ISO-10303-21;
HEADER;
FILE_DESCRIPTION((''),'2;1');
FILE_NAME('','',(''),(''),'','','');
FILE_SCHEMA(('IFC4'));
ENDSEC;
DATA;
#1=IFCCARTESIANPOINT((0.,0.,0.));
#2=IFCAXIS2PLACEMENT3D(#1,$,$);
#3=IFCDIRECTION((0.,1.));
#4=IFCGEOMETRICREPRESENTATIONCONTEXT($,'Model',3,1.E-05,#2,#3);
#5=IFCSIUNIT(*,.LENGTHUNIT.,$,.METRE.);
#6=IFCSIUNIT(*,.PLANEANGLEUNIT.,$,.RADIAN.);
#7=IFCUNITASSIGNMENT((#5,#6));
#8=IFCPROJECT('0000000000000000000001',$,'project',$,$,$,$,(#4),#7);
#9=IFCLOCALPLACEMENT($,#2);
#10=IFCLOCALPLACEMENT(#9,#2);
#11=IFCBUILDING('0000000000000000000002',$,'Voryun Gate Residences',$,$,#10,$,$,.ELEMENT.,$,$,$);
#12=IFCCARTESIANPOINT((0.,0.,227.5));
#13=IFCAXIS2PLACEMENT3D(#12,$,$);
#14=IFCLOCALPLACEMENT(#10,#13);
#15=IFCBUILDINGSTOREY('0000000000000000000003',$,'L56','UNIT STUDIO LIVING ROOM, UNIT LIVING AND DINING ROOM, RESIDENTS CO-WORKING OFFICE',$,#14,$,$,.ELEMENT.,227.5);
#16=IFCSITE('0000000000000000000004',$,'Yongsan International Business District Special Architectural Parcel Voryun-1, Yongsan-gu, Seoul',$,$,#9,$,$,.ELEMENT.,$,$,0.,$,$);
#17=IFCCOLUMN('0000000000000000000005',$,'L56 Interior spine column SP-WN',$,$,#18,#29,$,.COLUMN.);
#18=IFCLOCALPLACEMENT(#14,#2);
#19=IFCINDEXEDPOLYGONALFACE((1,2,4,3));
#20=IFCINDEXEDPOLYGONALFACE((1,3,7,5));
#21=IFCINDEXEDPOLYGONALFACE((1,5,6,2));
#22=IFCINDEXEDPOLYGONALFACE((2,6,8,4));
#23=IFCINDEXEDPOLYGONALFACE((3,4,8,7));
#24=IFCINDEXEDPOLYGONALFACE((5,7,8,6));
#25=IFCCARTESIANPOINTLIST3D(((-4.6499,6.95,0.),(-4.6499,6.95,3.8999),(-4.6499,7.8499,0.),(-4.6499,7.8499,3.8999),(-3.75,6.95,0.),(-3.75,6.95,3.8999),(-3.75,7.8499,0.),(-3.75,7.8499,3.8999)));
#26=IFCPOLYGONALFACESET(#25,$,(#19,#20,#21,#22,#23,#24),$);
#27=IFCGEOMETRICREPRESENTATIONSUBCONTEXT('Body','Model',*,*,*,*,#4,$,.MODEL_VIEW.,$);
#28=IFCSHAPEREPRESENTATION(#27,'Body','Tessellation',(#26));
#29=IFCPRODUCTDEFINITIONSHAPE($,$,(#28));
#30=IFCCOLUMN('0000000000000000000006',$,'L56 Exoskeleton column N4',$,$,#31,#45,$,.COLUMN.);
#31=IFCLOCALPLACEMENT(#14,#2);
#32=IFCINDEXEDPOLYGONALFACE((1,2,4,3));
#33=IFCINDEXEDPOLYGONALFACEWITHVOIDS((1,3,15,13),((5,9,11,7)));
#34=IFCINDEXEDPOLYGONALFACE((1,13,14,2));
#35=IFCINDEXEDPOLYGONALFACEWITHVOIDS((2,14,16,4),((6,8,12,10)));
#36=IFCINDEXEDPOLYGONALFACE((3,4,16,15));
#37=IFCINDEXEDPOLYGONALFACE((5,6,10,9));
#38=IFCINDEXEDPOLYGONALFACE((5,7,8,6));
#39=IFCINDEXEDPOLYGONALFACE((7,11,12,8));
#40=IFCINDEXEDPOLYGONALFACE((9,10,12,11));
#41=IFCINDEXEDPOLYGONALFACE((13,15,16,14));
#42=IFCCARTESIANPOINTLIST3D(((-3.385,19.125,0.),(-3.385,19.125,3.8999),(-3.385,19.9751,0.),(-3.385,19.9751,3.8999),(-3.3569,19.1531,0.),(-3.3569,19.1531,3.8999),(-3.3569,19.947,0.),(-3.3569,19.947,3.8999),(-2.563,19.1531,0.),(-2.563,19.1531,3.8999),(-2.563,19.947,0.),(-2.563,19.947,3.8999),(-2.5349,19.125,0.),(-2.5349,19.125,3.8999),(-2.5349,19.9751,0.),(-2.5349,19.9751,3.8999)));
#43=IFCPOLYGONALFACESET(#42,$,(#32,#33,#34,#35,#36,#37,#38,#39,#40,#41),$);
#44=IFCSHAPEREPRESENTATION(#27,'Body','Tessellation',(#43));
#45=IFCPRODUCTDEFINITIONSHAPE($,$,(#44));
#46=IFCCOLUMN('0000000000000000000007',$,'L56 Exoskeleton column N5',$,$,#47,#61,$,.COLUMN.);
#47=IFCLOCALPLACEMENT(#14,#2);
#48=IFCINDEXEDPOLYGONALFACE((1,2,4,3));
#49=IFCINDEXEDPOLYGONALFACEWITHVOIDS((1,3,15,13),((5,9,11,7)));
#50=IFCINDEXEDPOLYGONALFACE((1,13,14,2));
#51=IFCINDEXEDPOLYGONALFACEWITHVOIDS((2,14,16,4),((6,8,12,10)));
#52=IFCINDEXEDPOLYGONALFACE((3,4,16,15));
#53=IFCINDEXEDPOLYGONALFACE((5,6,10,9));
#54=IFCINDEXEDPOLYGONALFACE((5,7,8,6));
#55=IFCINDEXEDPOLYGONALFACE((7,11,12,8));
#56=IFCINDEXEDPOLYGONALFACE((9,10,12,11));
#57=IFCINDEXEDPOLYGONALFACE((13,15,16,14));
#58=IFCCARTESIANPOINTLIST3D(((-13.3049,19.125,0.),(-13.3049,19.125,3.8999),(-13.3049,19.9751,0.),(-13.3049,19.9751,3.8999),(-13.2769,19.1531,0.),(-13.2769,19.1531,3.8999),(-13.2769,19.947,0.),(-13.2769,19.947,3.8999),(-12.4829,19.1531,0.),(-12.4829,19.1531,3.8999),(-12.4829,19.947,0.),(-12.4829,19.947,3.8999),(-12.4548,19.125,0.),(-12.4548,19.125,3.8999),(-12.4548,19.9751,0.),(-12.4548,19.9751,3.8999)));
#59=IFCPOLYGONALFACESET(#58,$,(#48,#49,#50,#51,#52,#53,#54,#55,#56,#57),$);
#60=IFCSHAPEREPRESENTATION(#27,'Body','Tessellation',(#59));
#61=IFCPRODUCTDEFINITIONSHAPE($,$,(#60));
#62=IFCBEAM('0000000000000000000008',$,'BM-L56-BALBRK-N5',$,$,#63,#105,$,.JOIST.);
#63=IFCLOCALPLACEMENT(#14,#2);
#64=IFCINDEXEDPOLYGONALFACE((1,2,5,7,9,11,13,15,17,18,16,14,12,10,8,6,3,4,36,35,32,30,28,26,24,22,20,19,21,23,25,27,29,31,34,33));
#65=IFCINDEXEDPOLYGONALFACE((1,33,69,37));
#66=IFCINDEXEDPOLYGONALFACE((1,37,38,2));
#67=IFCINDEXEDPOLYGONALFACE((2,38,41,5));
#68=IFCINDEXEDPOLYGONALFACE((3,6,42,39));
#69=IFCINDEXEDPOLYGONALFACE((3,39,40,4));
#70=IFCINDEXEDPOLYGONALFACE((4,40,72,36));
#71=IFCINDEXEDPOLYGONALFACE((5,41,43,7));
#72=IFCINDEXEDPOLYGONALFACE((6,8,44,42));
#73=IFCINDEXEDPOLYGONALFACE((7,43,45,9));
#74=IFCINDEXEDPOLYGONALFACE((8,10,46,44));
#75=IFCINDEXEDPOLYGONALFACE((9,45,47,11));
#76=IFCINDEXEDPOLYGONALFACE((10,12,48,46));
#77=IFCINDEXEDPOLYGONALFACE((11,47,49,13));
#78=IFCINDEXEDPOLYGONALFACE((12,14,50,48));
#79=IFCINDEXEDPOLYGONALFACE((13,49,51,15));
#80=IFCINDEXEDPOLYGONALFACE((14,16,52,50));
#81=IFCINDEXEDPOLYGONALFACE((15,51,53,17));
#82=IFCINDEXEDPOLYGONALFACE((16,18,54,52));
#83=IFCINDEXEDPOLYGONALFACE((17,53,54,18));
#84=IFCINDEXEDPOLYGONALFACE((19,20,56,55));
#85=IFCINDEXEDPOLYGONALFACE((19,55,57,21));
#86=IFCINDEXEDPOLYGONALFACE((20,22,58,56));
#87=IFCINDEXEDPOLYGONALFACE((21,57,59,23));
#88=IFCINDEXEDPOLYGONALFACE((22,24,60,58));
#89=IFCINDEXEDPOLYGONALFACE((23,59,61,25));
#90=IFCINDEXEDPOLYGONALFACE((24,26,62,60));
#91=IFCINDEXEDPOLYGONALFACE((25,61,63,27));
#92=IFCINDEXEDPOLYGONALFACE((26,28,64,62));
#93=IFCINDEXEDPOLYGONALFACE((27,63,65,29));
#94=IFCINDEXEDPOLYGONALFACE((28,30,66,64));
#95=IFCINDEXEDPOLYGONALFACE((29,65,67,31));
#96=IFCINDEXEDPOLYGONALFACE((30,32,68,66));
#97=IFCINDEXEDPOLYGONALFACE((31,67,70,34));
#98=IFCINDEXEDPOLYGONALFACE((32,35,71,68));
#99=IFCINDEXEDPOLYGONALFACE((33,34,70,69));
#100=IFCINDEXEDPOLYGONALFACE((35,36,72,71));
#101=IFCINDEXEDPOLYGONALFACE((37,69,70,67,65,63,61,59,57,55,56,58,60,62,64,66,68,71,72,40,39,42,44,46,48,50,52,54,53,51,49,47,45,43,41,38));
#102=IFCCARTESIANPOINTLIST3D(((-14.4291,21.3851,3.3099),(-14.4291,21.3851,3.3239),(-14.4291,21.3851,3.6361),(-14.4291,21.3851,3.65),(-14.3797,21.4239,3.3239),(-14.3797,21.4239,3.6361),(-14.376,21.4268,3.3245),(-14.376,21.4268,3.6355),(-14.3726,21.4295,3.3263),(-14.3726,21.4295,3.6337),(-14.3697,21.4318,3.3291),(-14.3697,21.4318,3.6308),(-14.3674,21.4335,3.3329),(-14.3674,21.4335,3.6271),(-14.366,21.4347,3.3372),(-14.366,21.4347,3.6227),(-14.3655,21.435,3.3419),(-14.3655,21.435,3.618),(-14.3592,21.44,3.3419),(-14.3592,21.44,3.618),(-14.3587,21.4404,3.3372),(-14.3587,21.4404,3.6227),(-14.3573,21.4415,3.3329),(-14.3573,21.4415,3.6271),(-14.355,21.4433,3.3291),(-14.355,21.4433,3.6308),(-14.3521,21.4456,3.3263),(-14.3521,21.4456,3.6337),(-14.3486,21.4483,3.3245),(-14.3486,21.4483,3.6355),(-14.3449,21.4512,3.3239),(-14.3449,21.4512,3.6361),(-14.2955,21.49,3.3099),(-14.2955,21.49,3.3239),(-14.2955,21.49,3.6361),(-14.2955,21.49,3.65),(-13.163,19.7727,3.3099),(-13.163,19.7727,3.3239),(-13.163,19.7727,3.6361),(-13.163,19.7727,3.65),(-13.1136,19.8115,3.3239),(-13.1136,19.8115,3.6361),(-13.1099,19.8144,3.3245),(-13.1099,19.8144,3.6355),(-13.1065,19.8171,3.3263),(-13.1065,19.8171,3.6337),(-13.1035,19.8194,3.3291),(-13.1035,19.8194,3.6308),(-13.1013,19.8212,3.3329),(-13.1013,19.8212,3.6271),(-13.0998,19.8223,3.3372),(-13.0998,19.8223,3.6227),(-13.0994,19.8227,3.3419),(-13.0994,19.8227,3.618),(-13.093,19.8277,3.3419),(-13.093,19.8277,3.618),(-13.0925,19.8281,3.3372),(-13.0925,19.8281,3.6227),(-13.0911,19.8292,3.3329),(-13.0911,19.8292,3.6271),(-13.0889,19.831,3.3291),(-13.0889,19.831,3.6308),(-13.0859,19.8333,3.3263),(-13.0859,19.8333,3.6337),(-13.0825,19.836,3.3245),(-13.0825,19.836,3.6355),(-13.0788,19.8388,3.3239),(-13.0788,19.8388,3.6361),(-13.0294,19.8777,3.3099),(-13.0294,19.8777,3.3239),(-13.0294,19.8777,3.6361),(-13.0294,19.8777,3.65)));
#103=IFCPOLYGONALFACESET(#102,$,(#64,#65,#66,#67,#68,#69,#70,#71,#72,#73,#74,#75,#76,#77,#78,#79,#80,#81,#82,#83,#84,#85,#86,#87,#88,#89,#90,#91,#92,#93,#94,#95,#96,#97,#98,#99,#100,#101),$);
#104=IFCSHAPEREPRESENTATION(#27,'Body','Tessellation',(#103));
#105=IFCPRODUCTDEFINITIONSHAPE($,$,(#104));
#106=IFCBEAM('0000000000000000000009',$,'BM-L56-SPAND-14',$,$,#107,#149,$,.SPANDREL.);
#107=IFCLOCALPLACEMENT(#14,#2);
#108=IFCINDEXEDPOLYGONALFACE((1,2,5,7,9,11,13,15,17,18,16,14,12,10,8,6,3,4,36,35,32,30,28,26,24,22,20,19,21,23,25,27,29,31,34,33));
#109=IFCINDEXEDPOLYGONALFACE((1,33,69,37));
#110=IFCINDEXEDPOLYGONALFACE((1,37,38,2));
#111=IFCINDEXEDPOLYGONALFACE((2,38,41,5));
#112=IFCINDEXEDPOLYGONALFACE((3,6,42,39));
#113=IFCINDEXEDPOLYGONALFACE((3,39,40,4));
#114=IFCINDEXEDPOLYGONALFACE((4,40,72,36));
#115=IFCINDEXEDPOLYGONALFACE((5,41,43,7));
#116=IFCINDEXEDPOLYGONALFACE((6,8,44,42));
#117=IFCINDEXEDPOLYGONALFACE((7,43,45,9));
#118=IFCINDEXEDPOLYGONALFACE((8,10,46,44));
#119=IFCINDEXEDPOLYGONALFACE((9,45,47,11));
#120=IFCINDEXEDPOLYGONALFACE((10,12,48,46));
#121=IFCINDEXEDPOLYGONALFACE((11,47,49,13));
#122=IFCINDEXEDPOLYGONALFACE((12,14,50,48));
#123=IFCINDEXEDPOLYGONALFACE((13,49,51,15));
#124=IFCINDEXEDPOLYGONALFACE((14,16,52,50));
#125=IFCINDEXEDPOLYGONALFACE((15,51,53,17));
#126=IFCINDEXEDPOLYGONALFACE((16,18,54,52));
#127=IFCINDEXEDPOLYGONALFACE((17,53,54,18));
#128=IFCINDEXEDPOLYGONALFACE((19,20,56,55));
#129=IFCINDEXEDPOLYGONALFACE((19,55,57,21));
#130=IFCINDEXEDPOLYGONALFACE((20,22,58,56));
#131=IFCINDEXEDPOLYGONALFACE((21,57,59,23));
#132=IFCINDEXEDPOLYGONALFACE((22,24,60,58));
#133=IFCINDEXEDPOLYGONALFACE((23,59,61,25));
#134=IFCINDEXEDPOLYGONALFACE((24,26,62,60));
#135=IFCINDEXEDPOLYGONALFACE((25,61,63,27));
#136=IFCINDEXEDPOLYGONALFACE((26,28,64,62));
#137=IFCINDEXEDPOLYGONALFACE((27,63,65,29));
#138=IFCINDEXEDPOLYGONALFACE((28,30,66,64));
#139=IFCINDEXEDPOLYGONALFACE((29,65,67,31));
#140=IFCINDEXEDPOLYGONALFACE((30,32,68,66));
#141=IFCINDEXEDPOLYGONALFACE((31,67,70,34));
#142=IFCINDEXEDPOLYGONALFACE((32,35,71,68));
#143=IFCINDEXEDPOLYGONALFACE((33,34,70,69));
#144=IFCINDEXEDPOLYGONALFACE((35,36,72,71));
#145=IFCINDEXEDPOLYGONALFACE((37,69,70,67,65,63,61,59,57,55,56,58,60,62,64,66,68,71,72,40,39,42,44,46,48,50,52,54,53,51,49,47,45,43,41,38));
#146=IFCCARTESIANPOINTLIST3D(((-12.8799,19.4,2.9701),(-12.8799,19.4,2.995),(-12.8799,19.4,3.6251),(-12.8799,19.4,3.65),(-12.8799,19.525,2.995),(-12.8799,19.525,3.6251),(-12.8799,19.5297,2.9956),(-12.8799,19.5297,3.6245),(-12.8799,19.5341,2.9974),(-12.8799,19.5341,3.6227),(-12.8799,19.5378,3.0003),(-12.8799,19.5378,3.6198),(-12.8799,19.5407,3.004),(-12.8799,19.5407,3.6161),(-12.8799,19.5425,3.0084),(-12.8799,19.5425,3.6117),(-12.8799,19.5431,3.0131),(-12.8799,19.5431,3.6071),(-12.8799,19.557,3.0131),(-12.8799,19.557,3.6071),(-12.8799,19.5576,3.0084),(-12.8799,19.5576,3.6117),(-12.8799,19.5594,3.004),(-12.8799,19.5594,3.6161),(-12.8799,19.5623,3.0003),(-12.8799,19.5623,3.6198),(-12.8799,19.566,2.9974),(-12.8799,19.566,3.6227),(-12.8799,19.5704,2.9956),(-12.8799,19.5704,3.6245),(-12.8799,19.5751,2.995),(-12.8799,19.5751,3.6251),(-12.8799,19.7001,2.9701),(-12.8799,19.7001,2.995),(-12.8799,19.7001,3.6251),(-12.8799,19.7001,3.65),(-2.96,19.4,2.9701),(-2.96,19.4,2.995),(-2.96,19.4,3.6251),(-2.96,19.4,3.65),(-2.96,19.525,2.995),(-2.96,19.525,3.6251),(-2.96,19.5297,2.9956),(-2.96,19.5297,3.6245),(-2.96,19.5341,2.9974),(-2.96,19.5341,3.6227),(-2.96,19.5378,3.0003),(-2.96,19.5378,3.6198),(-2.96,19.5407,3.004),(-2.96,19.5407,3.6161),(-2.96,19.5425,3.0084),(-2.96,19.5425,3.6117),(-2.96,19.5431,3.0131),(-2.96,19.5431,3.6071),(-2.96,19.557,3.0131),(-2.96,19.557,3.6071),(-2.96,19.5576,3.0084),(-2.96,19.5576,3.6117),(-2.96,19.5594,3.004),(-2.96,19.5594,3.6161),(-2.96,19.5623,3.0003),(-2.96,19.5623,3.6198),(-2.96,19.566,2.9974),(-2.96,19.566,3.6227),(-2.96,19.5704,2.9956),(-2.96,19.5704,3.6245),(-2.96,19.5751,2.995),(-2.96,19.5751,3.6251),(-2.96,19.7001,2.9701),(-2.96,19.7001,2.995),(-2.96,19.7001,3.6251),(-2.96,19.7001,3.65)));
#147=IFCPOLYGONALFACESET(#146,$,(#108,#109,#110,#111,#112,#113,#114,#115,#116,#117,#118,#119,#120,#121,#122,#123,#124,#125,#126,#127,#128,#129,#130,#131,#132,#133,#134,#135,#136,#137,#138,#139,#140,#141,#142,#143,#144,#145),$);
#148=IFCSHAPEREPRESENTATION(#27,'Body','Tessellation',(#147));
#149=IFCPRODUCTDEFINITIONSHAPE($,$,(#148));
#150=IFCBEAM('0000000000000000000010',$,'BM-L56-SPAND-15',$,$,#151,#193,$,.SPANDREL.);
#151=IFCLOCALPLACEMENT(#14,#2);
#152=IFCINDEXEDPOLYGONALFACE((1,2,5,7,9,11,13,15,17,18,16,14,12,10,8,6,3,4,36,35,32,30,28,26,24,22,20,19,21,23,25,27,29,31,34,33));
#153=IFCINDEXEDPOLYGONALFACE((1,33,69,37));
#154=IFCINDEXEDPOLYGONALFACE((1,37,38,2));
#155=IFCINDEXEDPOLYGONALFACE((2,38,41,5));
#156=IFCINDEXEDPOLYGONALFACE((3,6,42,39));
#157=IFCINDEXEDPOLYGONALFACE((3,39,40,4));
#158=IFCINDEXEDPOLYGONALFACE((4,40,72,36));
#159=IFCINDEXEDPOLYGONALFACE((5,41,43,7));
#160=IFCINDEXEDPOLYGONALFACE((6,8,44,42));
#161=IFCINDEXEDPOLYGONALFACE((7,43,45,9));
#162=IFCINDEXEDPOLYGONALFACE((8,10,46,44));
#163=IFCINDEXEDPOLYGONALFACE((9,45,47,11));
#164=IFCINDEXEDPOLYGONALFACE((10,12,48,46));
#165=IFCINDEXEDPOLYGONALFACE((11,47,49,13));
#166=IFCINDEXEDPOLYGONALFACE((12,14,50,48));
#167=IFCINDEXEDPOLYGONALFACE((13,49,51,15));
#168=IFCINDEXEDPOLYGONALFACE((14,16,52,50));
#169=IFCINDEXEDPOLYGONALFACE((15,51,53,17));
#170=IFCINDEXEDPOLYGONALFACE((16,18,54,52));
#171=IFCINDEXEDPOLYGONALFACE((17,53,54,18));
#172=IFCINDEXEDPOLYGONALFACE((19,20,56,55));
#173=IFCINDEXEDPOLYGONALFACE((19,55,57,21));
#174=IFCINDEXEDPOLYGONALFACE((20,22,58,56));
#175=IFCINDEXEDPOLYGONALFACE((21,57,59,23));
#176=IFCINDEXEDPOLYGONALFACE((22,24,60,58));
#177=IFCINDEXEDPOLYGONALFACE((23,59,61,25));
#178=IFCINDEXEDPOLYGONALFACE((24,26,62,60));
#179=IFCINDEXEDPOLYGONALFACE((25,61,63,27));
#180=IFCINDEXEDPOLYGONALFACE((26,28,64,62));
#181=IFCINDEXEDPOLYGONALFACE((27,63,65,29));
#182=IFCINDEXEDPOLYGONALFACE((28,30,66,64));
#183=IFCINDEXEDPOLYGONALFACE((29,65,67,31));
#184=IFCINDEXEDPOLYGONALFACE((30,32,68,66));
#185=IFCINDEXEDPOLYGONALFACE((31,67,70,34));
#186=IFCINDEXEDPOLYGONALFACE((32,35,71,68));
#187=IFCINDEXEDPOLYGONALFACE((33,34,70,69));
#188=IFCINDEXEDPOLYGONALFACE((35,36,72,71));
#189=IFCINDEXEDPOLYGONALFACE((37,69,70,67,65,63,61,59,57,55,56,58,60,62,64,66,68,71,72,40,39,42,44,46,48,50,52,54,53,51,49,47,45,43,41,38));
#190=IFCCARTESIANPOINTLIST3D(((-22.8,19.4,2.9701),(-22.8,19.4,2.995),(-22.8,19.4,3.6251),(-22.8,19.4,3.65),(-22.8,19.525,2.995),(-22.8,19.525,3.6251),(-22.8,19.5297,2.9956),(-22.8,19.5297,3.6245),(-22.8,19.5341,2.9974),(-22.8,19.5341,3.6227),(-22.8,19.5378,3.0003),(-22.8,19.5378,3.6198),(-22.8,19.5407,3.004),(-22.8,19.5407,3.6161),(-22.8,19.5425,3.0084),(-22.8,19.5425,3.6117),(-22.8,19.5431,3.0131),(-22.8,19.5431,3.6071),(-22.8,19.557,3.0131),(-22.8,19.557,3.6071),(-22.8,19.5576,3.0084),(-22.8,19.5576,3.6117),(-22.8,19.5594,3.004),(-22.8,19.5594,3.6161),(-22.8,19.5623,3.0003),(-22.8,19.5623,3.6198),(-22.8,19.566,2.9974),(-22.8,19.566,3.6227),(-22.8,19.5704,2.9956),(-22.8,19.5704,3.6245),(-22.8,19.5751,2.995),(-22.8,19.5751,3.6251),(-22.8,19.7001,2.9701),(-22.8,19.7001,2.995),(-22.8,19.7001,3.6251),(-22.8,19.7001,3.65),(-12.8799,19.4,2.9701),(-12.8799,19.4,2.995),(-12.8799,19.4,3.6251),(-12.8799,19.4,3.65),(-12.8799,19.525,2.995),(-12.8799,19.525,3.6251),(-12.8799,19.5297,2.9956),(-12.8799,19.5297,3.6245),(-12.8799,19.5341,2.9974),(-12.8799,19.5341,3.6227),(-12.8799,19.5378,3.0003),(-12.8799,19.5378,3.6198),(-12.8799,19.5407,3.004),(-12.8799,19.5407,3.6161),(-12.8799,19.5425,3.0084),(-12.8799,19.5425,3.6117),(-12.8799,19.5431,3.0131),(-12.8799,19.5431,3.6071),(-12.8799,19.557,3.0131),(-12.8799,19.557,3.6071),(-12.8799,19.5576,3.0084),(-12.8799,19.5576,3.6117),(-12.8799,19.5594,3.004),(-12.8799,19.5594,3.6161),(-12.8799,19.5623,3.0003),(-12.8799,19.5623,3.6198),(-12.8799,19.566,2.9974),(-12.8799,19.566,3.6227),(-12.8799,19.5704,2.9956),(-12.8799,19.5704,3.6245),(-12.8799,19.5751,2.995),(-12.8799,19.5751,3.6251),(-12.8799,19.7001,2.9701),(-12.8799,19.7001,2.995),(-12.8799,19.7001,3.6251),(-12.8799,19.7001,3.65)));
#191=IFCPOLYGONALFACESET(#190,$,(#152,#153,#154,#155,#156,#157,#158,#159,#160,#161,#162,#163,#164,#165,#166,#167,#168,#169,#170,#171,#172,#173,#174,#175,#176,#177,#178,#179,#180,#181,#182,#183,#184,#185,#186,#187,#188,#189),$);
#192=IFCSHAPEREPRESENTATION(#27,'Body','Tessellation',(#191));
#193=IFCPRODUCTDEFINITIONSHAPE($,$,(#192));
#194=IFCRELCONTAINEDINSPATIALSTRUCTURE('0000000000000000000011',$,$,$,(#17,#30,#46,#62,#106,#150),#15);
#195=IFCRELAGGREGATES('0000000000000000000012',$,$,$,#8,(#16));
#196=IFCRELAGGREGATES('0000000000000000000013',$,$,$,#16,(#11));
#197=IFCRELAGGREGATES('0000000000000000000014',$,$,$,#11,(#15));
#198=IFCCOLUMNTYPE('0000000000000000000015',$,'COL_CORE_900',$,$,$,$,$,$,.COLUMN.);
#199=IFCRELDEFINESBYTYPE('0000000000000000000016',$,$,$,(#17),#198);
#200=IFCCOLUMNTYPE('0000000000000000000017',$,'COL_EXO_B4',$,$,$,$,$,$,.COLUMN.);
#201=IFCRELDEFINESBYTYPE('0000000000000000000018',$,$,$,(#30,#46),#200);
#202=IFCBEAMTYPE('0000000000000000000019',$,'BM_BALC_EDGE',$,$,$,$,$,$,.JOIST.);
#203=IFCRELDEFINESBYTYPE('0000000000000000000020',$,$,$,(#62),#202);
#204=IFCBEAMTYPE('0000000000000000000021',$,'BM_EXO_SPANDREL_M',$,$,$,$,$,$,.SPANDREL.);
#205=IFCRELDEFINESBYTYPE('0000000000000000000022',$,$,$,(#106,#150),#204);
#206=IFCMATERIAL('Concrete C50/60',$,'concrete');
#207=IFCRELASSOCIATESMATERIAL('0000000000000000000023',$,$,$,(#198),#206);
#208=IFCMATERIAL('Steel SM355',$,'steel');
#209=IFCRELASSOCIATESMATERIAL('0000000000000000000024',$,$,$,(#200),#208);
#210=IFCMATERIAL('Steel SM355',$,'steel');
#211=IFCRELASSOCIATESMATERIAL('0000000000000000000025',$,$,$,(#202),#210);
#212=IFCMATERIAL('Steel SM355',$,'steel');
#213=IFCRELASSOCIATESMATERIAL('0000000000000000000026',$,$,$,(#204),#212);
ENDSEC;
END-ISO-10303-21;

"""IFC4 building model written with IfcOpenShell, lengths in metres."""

from ifc_helpers import new_model, si_unit, direction, frame, origin, origin_2d, place, context, subcontext, project, spatial, rectangle, hollow_rectangle, i_section, extrude, material, material_profile, profile_set, type_object, element, save


model = new_model("IFC4")

# Units and contexts
model_context = context("Model", 3, precision=1e-05, world=origin(), true_north=direction((0.0, 1.0)))
body_context = subcontext(model_context, "Body", "Model", "MODEL_VIEW")
ifc_project = project(units=[si_unit("LENGTHUNIT", "METRE"), si_unit("PLANEANGLEUNIT", "RADIAN")], contexts=[model_context])

# Site, building, storey
site_placement = place(None, origin())
site = spatial("IfcSite", under=ifc_project, at=site_placement, Name="Yongsan International Business District Special Architectural Parcel Voryun-1, Yongsan-gu, Seoul", CompositionType="ELEMENT", RefElevation=0.0)
building_placement = place(site_placement, origin())
building = spatial("IfcBuilding", under=site, at=building_placement, Name="Voryun Gate Residences", CompositionType="ELEMENT")
storey_placement = place(building_placement, frame((0.0, 0.0, 227.5)))
storey = spatial("IfcBuildingStorey", under=building, at=storey_placement, Name="L56", Description="UNIT STUDIO LIVING ROOM, UNIT LIVING AND DINING ROOM, RESIDENTS CO-WORKING OFFICE", CompositionType="ELEMENT", Elevation=227.5)

# Columns
ifc_material_1 = material(Name="Concrete C50/60", Category="concrete")
ifc_material_profile_1 = material_profile(ifc_material_1, rectangle(XDim=0.8999, YDim=0.8999, at=origin_2d()), Name="RC-900x900")
ifc_profile_set_1 = profile_set([ifc_material_profile_1], Name="Concrete C50/60")
column_type_1 = type_object("IfcColumnType", Name="COL_CORE_900", PredefinedType="COLUMN", material=ifc_profile_set_1)
column_placement = place(storey_placement, frame((-4.2, 7.3999, 0.0), z_axis=(0.0, 0.0, 1.0), x_axis=(1.0, 0.0, 0.0)))
element("IfcColumn", 1, at=column_placement, inside=storey, type_object=column_type_1, Name="L56 Interior spine column SP-WN", PredefinedType="COLUMN", context=body_context, shape_type="SweptSolid", body=[
    extrude(rectangle(XDim=0.8999, YDim=0.8999, at=origin_2d()), origin(), (0.0, 0.0, 1.0), 3.8999),
])
ifc_material_2 = material(Name="Steel SM355", Category="steel")
ifc_material_profile_2 = material_profile(ifc_material_2, hollow_rectangle(XDim=0.8501, YDim=0.8501, WallThickness=0.0281, at=origin_2d()), Name="BOX-850x850x28")
ifc_profile_set_2 = profile_set([ifc_material_profile_2], Name="Steel SM355")
column_type_2 = type_object("IfcColumnType", Name="COL_EXO_B4", PredefinedType="COLUMN", material=ifc_profile_set_2)
for number, where, z_axis, x_axis, name in (
    (2, (-2.96, 19.55, 0.0), (0.0, 0.0, 1.0), (1.0, 0.0, 0.0), "L56 Exoskeleton column N4"),
    (3, (-12.8799, 19.55, 0.0), (0.0, 0.0, 1.0), (1.0, 0.0, 0.0), "L56 Exoskeleton column N5"),
):
    element("IfcColumn", number, at=place(storey_placement, frame(where, z_axis=z_axis, x_axis=x_axis)), inside=storey, type_object=column_type_2, Name=name, PredefinedType="COLUMN", context=body_context, shape_type="SweptSolid", body=[
        extrude(hollow_rectangle(XDim=0.8501, YDim=0.8501, WallThickness=0.0281, at=origin_2d()), origin(), (0.0, 0.0, 1.0), 3.8999),
    ])

# Beams
ifc_material_3 = material(Name="Steel SM355", Category="steel")
ifc_material_profile_3 = material_profile(ifc_material_3, i_section(OverallWidth=0.1699, OverallDepth=0.3401, WebThickness=0.0081, FlangeThickness=0.0139, FilletRadius=0.0181, at=origin_2d()), Name="H-340x170x8x14")
ifc_profile_set_3 = profile_set([ifc_material_profile_3], Name="Steel SM355")
beam_type_1 = type_object("IfcBeamType", Name="BM_BALC_EDGE", PredefinedType="JOIST", material=ifc_profile_set_3)
beam_1_placement = place(storey_placement, frame((-13.0962, 19.8252, 3.48), z_axis=(-0.617611, 0.786484, 0.0), x_axis=(-0.786484, -0.617611, 0.0)))
element("IfcBeam", 4, at=beam_1_placement, inside=storey, type_object=beam_type_1, Name="BM-L56-BALBRK-N5", PredefinedType="JOIST", context=body_context, shape_type="SweptSolid", body=[
    extrude(i_section(OverallWidth=0.1699, OverallDepth=0.3401, WebThickness=0.0081, FlangeThickness=0.0139, FilletRadius=0.0181, at=origin_2d()), origin(), (0.0, 0.0, 1.0), 2.05),
])
ifc_material_4 = material(Name="Steel SM355", Category="steel")
ifc_material_profile_4 = material_profile(ifc_material_4, i_section(OverallWidth=0.3, OverallDepth=0.6799, WebThickness=0.0139, FlangeThickness=0.0249, FilletRadius=0.0181, at=origin_2d()), Name="H-680x300x14x25")
ifc_profile_set_4 = profile_set([ifc_material_profile_4], Name="Steel SM355")
beam_type_2 = type_object("IfcBeamType", Name="BM_EXO_SPANDREL_M", PredefinedType="SPANDREL", material=ifc_profile_set_4)
beam_2_placement = place(storey_placement, frame((-2.96, 19.55, 3.3101), z_axis=(-1.0, 0.0, 0.0), x_axis=(0.0, -1.0, 0.0)))
element("IfcBeam", 5, at=beam_2_placement, inside=storey, type_object=beam_type_2, Name="BM-L56-SPAND-14", PredefinedType="SPANDREL", context=body_context, shape_type="SweptSolid", body=[
    extrude(i_section(OverallWidth=0.3, OverallDepth=0.6799, WebThickness=0.0139, FlangeThickness=0.0249, FilletRadius=0.0181, at=origin_2d()), origin(), (0.0, 0.0, 1.0), 9.9199),
])
beam_3_placement = place(storey_placement, frame((-12.8799, 19.55, 3.3101), z_axis=(-1.0, 0.0, 0.0), x_axis=(0.0, -1.0, 0.0)))
element("IfcBeam", 6, at=beam_3_placement, inside=storey, type_object=beam_type_2, Name="BM-L56-SPAND-15", PredefinedType="SPANDREL", context=body_context, shape_type="SweptSolid", body=[
    extrude(i_section(OverallWidth=0.3, OverallDepth=0.6799, WebThickness=0.0139, FlangeThickness=0.0249, FilletRadius=0.0181, at=origin_2d()), origin(), (0.0, 0.0, 1.0), 9.9202),
])

save(model, "model.ifc")
